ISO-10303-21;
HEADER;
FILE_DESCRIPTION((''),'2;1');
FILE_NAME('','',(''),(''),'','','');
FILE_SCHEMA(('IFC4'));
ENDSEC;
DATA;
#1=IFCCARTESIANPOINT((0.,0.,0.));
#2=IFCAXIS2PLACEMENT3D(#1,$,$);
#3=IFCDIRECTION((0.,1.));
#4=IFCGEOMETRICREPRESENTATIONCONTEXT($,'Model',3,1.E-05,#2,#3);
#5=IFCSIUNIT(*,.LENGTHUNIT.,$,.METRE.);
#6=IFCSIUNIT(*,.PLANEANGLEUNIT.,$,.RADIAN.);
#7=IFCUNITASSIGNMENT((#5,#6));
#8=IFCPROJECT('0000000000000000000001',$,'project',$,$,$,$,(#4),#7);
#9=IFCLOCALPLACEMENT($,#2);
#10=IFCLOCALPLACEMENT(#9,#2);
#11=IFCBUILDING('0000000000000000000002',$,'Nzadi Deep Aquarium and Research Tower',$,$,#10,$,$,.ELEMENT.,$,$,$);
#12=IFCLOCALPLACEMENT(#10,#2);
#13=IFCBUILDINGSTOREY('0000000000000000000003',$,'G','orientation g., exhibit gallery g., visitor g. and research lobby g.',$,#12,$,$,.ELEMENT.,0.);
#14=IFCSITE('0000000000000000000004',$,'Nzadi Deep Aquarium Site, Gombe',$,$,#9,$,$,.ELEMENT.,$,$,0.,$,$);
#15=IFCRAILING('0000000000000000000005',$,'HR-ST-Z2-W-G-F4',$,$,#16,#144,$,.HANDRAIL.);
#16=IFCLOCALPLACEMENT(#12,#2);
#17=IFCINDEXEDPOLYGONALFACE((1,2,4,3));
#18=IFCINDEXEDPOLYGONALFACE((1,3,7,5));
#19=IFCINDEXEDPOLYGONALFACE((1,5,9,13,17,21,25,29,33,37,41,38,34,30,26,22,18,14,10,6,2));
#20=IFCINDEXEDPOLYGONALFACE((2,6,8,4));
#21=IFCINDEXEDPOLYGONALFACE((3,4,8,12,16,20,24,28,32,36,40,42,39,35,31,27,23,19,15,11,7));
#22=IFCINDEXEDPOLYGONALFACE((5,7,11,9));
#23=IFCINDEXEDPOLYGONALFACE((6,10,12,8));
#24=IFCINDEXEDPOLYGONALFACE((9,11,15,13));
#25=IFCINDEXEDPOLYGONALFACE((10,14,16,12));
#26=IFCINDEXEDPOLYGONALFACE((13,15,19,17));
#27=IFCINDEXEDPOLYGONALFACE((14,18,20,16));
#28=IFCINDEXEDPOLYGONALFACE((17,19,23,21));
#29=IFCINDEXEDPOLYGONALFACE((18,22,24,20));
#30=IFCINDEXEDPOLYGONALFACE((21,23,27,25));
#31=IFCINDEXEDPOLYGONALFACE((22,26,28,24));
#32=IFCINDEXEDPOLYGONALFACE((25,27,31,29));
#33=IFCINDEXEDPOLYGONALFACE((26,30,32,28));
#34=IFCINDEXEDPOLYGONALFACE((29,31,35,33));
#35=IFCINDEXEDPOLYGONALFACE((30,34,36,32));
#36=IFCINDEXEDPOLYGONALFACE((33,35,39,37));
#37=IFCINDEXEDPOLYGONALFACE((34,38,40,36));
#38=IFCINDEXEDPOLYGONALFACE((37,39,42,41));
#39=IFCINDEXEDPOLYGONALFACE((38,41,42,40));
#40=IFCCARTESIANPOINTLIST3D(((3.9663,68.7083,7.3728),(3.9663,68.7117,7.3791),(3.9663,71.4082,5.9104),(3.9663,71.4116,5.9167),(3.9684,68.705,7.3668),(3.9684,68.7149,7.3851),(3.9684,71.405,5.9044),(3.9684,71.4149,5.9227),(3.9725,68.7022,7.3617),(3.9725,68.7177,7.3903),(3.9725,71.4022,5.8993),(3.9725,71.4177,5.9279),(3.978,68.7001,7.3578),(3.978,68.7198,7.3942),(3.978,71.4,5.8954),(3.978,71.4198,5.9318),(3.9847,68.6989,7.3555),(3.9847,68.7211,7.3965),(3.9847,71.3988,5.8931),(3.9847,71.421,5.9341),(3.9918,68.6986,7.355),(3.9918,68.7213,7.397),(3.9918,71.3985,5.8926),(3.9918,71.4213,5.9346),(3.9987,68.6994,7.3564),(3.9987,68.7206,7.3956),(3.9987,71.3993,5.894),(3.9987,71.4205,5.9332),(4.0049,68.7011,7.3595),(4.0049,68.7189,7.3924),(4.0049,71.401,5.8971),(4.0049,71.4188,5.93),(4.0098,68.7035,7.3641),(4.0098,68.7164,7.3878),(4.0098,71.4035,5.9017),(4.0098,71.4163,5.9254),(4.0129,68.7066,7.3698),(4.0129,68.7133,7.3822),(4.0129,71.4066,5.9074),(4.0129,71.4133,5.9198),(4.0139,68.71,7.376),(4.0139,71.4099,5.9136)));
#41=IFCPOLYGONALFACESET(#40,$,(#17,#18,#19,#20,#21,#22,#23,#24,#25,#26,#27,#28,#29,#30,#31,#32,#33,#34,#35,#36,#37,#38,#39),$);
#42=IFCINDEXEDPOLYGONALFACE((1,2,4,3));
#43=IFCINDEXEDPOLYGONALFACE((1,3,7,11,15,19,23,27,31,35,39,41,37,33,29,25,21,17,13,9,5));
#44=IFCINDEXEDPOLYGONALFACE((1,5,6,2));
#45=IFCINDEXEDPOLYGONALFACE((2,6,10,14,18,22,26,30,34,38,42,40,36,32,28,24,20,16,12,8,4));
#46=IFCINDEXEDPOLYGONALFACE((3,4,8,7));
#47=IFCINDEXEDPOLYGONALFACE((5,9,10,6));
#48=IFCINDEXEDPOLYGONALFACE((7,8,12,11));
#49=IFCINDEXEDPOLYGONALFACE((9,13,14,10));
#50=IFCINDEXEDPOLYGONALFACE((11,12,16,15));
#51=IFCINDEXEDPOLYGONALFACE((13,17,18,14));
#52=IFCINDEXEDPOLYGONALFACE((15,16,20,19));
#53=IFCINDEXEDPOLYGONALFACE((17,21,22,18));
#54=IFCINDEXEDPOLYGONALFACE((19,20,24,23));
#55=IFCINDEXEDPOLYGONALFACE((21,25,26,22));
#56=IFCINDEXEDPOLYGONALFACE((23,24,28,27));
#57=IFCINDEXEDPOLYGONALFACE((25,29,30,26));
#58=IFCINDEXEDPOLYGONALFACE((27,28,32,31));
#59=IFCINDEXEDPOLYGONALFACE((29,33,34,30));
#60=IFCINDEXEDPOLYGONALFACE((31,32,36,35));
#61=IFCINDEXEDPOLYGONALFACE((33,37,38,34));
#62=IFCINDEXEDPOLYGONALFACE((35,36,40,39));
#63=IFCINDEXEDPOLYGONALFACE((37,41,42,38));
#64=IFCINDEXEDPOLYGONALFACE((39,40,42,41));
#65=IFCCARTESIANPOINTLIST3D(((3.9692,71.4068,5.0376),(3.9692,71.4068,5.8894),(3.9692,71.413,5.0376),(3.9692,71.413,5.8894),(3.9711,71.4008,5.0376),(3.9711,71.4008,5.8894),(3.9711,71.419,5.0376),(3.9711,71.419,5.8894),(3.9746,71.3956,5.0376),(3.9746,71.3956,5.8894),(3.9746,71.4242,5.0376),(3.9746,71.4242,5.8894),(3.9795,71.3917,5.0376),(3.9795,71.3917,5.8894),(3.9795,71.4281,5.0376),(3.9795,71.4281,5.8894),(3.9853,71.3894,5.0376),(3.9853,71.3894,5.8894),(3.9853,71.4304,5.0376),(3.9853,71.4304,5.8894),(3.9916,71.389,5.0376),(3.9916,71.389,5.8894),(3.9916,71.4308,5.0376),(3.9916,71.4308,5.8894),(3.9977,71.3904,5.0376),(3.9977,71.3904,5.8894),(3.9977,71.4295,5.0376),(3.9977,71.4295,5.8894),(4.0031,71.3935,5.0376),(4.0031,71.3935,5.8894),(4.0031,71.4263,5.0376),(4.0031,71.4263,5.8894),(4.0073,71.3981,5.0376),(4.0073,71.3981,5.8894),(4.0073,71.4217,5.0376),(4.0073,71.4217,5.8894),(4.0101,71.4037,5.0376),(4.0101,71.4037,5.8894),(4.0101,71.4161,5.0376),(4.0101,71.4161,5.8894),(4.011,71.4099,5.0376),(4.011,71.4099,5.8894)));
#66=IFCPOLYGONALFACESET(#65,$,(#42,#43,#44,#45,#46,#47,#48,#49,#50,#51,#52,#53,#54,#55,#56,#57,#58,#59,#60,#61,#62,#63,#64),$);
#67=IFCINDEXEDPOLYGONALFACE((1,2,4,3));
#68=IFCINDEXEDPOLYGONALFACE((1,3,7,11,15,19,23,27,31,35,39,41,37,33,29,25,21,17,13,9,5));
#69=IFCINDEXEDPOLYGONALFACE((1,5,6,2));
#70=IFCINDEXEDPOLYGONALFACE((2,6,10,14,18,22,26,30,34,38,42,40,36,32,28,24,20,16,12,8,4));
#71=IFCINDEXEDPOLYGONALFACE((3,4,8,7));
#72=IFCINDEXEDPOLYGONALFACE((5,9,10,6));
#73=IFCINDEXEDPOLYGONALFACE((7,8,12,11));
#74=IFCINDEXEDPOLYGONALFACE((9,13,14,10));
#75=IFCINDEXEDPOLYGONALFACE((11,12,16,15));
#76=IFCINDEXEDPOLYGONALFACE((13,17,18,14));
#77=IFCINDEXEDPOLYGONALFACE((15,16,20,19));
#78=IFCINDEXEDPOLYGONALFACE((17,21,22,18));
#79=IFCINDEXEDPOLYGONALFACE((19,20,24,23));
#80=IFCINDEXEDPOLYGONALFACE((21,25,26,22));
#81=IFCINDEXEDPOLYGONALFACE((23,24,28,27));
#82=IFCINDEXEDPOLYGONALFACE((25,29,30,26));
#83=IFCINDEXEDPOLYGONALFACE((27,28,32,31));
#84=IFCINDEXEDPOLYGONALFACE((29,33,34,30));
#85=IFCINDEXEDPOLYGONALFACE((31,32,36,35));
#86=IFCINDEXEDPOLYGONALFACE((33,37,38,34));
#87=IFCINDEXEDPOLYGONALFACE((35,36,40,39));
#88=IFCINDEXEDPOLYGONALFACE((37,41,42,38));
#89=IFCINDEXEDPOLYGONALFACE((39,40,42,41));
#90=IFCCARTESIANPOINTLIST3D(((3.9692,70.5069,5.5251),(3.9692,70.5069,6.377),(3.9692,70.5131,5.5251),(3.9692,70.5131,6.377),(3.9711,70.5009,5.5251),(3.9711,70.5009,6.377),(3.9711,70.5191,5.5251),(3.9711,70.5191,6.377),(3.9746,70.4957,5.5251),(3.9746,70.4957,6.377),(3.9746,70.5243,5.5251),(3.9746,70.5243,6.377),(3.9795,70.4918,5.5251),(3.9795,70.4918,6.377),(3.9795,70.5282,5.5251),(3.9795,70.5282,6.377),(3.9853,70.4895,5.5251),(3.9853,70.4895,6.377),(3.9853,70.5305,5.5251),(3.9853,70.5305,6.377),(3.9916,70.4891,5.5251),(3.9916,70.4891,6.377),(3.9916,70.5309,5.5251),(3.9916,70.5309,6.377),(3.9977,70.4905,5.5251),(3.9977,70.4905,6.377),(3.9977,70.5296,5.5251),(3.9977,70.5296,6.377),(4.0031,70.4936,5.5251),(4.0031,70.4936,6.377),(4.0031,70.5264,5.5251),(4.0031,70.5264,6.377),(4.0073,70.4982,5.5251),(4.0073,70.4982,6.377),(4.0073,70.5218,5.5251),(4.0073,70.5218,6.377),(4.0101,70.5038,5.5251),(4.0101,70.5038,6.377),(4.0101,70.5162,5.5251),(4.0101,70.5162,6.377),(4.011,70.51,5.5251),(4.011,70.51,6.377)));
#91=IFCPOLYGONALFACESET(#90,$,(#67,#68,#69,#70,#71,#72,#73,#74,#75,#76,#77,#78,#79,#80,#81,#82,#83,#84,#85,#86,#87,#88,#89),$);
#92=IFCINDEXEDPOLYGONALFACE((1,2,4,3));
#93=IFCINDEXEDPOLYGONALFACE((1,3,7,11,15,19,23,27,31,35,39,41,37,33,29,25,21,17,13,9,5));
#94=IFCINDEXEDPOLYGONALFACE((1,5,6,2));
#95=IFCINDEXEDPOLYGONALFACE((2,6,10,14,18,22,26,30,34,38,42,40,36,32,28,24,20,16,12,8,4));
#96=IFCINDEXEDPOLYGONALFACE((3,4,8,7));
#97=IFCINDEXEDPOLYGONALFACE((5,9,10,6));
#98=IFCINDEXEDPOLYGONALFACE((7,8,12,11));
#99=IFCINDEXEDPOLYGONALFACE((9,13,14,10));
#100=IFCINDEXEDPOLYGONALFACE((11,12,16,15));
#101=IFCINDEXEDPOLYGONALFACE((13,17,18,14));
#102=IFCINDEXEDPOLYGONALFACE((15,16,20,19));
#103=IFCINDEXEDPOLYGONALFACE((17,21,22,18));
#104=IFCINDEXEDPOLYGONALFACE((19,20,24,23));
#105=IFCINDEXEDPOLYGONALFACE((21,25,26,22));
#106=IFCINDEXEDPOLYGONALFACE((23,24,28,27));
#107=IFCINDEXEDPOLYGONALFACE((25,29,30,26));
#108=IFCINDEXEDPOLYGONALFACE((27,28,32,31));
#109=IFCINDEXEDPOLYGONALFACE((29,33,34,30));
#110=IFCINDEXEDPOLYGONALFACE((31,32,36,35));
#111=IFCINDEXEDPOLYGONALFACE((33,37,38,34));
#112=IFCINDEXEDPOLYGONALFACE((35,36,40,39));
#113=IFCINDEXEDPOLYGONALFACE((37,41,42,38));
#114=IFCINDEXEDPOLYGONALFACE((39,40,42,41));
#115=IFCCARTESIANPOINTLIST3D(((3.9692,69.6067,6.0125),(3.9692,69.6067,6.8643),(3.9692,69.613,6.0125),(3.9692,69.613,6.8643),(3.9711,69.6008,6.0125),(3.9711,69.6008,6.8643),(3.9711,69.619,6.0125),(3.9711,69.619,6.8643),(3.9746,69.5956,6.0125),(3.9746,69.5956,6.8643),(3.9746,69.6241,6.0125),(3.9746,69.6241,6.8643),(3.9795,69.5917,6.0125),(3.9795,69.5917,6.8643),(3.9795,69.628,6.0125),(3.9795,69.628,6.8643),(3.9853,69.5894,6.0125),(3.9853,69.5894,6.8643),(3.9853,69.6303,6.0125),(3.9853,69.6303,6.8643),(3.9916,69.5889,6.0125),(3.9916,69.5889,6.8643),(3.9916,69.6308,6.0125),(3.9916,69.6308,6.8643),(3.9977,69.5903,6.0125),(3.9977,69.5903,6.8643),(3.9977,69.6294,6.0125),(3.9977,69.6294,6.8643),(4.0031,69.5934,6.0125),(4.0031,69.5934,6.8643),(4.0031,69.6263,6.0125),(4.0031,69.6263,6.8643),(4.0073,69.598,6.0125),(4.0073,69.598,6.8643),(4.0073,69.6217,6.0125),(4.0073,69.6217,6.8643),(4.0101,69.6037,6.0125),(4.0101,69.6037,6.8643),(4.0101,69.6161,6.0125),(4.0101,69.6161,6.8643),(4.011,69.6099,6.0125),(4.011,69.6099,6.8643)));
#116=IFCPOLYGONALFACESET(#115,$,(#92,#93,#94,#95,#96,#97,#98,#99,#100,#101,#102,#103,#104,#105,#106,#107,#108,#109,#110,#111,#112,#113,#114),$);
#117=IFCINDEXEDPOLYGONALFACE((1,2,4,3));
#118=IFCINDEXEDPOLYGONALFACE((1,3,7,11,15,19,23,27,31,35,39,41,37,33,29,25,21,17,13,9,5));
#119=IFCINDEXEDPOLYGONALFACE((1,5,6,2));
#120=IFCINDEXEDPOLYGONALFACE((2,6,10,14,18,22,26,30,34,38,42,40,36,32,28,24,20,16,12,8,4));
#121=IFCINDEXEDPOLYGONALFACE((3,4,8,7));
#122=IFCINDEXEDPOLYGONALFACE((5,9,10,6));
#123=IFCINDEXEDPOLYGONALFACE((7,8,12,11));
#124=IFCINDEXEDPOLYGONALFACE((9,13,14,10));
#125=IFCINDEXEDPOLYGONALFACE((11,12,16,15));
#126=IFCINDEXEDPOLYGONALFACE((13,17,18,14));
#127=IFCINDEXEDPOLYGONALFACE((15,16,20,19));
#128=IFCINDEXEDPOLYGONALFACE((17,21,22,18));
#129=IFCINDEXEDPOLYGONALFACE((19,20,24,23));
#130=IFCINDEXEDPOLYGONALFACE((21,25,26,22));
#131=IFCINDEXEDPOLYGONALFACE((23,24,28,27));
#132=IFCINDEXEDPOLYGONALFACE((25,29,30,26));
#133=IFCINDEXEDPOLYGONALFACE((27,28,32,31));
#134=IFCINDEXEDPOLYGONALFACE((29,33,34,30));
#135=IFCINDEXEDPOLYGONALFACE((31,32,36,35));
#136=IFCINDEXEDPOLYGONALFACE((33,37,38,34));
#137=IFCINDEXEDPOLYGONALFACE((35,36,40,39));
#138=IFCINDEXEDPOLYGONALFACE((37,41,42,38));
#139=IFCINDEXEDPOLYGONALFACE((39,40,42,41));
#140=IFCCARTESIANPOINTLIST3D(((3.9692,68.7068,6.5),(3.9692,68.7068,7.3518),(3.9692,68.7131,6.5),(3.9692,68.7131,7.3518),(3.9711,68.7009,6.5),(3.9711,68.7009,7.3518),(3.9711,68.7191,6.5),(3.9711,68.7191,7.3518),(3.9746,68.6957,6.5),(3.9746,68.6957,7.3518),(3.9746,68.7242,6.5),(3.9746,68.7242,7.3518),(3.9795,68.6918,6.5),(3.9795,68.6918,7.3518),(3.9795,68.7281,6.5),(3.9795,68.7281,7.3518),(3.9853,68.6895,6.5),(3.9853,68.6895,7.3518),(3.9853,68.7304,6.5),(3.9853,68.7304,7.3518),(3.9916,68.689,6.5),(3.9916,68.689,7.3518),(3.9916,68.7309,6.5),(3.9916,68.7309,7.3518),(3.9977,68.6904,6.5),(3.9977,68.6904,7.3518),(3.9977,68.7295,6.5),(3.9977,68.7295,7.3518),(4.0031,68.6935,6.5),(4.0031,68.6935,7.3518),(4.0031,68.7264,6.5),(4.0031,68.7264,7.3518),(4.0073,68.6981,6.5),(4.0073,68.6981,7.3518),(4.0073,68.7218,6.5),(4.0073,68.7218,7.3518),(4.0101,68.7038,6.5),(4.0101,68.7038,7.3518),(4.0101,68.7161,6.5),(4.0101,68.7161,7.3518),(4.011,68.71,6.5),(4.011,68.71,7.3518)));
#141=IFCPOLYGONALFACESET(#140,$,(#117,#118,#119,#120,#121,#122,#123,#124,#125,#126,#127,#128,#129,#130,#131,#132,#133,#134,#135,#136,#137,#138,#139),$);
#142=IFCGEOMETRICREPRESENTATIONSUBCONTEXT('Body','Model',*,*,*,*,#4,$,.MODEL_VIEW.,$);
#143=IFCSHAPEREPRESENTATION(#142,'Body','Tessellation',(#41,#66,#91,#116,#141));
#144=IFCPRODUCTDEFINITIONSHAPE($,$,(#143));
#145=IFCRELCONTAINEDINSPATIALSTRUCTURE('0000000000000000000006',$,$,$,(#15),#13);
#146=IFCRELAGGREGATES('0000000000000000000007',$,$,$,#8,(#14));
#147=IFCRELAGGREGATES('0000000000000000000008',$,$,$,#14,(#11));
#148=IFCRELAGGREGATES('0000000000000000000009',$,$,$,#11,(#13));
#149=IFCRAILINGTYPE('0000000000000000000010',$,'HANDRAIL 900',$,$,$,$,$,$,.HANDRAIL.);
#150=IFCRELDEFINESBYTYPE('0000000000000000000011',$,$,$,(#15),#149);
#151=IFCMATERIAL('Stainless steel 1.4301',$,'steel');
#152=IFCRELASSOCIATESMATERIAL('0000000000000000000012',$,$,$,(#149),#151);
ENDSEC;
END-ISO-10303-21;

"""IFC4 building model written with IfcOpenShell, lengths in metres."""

from ifc_helpers import new_model, si_unit, direction, frame, origin, origin_2d, place, context, subcontext, project, spatial, circle, extrude, material, type_object, element, save


model = new_model("IFC4")

# Units and contexts
model_context = context("Model", 3, precision=1e-05, world=origin(), true_north=direction((0.0, 1.0)))
body_context = subcontext(model_context, "Body", "Model", "MODEL_VIEW")
ifc_project = project(units=[si_unit("LENGTHUNIT", "METRE"), si_unit("PLANEANGLEUNIT", "RADIAN")], contexts=[model_context])

# Site, building, storey
site_placement = place(None, origin())
site = spatial("IfcSite", under=ifc_project, at=site_placement, Name="Nzadi Deep Aquarium Site, Gombe", CompositionType="ELEMENT", RefElevation=0.0)
building_placement = place(site_placement, origin())
building = spatial("IfcBuilding", under=site, at=building_placement, Name="Nzadi Deep Aquarium and Research Tower", CompositionType="ELEMENT")
storey_placement = place(building_placement, origin())
storey = spatial("IfcBuildingStorey", under=building, at=storey_placement, Name="G", Description="orientation g., exhibit gallery g., visitor g. and research lobby g.", CompositionType="ELEMENT", Elevation=0.0)

# Railing
ifc_material_1 = material(Name="Stainless steel 1.4301", Category="steel")
railing_type = type_object("IfcRailingType", Name="HANDRAIL 900", PredefinedType="HANDRAIL", material=ifc_material_1)
for number, where, name in (
    (1, (3.99, 71.4099, 5.0376), "HR-ST-Z2-W-G-F4"),
):
    element("IfcRailing", number, at=place(storey_placement, frame(where)), inside=storey, type_object=railing_type, Name=name, PredefinedType="HANDRAIL", context=body_context, shape_type="SweptSolid", body=[
        extrude(circle(Radius=0.0239, at=origin_2d()), frame((0.0, 0.0, 0.876), z_axis=(0.0, -0.879302, 0.476265), x_axis=(1.0, 0.0, 0.0)), (0.0, 0.0, 1.0), 3.0706),
        extrude(circle(Radius=0.021, at=origin_2d()), origin(), (0.0, 0.0, 1.0), 0.8518),
        extrude(circle(Radius=0.021, at=origin_2d()), frame((0.0, -0.8999, 0.4875)), (0.0, 0.0, 1.0), 0.8518),
        extrude(circle(Radius=0.021, at=origin_2d()), frame((0.0, -1.8, 0.9749)), (0.0, 0.0, 1.0), 0.8518),
        extrude(circle(Radius=0.021, at=origin_2d()), frame((0.0, -2.7, 1.4624)), (0.0, 0.0, 1.0), 0.8518),
    ])

save(model, "model.ifc")
